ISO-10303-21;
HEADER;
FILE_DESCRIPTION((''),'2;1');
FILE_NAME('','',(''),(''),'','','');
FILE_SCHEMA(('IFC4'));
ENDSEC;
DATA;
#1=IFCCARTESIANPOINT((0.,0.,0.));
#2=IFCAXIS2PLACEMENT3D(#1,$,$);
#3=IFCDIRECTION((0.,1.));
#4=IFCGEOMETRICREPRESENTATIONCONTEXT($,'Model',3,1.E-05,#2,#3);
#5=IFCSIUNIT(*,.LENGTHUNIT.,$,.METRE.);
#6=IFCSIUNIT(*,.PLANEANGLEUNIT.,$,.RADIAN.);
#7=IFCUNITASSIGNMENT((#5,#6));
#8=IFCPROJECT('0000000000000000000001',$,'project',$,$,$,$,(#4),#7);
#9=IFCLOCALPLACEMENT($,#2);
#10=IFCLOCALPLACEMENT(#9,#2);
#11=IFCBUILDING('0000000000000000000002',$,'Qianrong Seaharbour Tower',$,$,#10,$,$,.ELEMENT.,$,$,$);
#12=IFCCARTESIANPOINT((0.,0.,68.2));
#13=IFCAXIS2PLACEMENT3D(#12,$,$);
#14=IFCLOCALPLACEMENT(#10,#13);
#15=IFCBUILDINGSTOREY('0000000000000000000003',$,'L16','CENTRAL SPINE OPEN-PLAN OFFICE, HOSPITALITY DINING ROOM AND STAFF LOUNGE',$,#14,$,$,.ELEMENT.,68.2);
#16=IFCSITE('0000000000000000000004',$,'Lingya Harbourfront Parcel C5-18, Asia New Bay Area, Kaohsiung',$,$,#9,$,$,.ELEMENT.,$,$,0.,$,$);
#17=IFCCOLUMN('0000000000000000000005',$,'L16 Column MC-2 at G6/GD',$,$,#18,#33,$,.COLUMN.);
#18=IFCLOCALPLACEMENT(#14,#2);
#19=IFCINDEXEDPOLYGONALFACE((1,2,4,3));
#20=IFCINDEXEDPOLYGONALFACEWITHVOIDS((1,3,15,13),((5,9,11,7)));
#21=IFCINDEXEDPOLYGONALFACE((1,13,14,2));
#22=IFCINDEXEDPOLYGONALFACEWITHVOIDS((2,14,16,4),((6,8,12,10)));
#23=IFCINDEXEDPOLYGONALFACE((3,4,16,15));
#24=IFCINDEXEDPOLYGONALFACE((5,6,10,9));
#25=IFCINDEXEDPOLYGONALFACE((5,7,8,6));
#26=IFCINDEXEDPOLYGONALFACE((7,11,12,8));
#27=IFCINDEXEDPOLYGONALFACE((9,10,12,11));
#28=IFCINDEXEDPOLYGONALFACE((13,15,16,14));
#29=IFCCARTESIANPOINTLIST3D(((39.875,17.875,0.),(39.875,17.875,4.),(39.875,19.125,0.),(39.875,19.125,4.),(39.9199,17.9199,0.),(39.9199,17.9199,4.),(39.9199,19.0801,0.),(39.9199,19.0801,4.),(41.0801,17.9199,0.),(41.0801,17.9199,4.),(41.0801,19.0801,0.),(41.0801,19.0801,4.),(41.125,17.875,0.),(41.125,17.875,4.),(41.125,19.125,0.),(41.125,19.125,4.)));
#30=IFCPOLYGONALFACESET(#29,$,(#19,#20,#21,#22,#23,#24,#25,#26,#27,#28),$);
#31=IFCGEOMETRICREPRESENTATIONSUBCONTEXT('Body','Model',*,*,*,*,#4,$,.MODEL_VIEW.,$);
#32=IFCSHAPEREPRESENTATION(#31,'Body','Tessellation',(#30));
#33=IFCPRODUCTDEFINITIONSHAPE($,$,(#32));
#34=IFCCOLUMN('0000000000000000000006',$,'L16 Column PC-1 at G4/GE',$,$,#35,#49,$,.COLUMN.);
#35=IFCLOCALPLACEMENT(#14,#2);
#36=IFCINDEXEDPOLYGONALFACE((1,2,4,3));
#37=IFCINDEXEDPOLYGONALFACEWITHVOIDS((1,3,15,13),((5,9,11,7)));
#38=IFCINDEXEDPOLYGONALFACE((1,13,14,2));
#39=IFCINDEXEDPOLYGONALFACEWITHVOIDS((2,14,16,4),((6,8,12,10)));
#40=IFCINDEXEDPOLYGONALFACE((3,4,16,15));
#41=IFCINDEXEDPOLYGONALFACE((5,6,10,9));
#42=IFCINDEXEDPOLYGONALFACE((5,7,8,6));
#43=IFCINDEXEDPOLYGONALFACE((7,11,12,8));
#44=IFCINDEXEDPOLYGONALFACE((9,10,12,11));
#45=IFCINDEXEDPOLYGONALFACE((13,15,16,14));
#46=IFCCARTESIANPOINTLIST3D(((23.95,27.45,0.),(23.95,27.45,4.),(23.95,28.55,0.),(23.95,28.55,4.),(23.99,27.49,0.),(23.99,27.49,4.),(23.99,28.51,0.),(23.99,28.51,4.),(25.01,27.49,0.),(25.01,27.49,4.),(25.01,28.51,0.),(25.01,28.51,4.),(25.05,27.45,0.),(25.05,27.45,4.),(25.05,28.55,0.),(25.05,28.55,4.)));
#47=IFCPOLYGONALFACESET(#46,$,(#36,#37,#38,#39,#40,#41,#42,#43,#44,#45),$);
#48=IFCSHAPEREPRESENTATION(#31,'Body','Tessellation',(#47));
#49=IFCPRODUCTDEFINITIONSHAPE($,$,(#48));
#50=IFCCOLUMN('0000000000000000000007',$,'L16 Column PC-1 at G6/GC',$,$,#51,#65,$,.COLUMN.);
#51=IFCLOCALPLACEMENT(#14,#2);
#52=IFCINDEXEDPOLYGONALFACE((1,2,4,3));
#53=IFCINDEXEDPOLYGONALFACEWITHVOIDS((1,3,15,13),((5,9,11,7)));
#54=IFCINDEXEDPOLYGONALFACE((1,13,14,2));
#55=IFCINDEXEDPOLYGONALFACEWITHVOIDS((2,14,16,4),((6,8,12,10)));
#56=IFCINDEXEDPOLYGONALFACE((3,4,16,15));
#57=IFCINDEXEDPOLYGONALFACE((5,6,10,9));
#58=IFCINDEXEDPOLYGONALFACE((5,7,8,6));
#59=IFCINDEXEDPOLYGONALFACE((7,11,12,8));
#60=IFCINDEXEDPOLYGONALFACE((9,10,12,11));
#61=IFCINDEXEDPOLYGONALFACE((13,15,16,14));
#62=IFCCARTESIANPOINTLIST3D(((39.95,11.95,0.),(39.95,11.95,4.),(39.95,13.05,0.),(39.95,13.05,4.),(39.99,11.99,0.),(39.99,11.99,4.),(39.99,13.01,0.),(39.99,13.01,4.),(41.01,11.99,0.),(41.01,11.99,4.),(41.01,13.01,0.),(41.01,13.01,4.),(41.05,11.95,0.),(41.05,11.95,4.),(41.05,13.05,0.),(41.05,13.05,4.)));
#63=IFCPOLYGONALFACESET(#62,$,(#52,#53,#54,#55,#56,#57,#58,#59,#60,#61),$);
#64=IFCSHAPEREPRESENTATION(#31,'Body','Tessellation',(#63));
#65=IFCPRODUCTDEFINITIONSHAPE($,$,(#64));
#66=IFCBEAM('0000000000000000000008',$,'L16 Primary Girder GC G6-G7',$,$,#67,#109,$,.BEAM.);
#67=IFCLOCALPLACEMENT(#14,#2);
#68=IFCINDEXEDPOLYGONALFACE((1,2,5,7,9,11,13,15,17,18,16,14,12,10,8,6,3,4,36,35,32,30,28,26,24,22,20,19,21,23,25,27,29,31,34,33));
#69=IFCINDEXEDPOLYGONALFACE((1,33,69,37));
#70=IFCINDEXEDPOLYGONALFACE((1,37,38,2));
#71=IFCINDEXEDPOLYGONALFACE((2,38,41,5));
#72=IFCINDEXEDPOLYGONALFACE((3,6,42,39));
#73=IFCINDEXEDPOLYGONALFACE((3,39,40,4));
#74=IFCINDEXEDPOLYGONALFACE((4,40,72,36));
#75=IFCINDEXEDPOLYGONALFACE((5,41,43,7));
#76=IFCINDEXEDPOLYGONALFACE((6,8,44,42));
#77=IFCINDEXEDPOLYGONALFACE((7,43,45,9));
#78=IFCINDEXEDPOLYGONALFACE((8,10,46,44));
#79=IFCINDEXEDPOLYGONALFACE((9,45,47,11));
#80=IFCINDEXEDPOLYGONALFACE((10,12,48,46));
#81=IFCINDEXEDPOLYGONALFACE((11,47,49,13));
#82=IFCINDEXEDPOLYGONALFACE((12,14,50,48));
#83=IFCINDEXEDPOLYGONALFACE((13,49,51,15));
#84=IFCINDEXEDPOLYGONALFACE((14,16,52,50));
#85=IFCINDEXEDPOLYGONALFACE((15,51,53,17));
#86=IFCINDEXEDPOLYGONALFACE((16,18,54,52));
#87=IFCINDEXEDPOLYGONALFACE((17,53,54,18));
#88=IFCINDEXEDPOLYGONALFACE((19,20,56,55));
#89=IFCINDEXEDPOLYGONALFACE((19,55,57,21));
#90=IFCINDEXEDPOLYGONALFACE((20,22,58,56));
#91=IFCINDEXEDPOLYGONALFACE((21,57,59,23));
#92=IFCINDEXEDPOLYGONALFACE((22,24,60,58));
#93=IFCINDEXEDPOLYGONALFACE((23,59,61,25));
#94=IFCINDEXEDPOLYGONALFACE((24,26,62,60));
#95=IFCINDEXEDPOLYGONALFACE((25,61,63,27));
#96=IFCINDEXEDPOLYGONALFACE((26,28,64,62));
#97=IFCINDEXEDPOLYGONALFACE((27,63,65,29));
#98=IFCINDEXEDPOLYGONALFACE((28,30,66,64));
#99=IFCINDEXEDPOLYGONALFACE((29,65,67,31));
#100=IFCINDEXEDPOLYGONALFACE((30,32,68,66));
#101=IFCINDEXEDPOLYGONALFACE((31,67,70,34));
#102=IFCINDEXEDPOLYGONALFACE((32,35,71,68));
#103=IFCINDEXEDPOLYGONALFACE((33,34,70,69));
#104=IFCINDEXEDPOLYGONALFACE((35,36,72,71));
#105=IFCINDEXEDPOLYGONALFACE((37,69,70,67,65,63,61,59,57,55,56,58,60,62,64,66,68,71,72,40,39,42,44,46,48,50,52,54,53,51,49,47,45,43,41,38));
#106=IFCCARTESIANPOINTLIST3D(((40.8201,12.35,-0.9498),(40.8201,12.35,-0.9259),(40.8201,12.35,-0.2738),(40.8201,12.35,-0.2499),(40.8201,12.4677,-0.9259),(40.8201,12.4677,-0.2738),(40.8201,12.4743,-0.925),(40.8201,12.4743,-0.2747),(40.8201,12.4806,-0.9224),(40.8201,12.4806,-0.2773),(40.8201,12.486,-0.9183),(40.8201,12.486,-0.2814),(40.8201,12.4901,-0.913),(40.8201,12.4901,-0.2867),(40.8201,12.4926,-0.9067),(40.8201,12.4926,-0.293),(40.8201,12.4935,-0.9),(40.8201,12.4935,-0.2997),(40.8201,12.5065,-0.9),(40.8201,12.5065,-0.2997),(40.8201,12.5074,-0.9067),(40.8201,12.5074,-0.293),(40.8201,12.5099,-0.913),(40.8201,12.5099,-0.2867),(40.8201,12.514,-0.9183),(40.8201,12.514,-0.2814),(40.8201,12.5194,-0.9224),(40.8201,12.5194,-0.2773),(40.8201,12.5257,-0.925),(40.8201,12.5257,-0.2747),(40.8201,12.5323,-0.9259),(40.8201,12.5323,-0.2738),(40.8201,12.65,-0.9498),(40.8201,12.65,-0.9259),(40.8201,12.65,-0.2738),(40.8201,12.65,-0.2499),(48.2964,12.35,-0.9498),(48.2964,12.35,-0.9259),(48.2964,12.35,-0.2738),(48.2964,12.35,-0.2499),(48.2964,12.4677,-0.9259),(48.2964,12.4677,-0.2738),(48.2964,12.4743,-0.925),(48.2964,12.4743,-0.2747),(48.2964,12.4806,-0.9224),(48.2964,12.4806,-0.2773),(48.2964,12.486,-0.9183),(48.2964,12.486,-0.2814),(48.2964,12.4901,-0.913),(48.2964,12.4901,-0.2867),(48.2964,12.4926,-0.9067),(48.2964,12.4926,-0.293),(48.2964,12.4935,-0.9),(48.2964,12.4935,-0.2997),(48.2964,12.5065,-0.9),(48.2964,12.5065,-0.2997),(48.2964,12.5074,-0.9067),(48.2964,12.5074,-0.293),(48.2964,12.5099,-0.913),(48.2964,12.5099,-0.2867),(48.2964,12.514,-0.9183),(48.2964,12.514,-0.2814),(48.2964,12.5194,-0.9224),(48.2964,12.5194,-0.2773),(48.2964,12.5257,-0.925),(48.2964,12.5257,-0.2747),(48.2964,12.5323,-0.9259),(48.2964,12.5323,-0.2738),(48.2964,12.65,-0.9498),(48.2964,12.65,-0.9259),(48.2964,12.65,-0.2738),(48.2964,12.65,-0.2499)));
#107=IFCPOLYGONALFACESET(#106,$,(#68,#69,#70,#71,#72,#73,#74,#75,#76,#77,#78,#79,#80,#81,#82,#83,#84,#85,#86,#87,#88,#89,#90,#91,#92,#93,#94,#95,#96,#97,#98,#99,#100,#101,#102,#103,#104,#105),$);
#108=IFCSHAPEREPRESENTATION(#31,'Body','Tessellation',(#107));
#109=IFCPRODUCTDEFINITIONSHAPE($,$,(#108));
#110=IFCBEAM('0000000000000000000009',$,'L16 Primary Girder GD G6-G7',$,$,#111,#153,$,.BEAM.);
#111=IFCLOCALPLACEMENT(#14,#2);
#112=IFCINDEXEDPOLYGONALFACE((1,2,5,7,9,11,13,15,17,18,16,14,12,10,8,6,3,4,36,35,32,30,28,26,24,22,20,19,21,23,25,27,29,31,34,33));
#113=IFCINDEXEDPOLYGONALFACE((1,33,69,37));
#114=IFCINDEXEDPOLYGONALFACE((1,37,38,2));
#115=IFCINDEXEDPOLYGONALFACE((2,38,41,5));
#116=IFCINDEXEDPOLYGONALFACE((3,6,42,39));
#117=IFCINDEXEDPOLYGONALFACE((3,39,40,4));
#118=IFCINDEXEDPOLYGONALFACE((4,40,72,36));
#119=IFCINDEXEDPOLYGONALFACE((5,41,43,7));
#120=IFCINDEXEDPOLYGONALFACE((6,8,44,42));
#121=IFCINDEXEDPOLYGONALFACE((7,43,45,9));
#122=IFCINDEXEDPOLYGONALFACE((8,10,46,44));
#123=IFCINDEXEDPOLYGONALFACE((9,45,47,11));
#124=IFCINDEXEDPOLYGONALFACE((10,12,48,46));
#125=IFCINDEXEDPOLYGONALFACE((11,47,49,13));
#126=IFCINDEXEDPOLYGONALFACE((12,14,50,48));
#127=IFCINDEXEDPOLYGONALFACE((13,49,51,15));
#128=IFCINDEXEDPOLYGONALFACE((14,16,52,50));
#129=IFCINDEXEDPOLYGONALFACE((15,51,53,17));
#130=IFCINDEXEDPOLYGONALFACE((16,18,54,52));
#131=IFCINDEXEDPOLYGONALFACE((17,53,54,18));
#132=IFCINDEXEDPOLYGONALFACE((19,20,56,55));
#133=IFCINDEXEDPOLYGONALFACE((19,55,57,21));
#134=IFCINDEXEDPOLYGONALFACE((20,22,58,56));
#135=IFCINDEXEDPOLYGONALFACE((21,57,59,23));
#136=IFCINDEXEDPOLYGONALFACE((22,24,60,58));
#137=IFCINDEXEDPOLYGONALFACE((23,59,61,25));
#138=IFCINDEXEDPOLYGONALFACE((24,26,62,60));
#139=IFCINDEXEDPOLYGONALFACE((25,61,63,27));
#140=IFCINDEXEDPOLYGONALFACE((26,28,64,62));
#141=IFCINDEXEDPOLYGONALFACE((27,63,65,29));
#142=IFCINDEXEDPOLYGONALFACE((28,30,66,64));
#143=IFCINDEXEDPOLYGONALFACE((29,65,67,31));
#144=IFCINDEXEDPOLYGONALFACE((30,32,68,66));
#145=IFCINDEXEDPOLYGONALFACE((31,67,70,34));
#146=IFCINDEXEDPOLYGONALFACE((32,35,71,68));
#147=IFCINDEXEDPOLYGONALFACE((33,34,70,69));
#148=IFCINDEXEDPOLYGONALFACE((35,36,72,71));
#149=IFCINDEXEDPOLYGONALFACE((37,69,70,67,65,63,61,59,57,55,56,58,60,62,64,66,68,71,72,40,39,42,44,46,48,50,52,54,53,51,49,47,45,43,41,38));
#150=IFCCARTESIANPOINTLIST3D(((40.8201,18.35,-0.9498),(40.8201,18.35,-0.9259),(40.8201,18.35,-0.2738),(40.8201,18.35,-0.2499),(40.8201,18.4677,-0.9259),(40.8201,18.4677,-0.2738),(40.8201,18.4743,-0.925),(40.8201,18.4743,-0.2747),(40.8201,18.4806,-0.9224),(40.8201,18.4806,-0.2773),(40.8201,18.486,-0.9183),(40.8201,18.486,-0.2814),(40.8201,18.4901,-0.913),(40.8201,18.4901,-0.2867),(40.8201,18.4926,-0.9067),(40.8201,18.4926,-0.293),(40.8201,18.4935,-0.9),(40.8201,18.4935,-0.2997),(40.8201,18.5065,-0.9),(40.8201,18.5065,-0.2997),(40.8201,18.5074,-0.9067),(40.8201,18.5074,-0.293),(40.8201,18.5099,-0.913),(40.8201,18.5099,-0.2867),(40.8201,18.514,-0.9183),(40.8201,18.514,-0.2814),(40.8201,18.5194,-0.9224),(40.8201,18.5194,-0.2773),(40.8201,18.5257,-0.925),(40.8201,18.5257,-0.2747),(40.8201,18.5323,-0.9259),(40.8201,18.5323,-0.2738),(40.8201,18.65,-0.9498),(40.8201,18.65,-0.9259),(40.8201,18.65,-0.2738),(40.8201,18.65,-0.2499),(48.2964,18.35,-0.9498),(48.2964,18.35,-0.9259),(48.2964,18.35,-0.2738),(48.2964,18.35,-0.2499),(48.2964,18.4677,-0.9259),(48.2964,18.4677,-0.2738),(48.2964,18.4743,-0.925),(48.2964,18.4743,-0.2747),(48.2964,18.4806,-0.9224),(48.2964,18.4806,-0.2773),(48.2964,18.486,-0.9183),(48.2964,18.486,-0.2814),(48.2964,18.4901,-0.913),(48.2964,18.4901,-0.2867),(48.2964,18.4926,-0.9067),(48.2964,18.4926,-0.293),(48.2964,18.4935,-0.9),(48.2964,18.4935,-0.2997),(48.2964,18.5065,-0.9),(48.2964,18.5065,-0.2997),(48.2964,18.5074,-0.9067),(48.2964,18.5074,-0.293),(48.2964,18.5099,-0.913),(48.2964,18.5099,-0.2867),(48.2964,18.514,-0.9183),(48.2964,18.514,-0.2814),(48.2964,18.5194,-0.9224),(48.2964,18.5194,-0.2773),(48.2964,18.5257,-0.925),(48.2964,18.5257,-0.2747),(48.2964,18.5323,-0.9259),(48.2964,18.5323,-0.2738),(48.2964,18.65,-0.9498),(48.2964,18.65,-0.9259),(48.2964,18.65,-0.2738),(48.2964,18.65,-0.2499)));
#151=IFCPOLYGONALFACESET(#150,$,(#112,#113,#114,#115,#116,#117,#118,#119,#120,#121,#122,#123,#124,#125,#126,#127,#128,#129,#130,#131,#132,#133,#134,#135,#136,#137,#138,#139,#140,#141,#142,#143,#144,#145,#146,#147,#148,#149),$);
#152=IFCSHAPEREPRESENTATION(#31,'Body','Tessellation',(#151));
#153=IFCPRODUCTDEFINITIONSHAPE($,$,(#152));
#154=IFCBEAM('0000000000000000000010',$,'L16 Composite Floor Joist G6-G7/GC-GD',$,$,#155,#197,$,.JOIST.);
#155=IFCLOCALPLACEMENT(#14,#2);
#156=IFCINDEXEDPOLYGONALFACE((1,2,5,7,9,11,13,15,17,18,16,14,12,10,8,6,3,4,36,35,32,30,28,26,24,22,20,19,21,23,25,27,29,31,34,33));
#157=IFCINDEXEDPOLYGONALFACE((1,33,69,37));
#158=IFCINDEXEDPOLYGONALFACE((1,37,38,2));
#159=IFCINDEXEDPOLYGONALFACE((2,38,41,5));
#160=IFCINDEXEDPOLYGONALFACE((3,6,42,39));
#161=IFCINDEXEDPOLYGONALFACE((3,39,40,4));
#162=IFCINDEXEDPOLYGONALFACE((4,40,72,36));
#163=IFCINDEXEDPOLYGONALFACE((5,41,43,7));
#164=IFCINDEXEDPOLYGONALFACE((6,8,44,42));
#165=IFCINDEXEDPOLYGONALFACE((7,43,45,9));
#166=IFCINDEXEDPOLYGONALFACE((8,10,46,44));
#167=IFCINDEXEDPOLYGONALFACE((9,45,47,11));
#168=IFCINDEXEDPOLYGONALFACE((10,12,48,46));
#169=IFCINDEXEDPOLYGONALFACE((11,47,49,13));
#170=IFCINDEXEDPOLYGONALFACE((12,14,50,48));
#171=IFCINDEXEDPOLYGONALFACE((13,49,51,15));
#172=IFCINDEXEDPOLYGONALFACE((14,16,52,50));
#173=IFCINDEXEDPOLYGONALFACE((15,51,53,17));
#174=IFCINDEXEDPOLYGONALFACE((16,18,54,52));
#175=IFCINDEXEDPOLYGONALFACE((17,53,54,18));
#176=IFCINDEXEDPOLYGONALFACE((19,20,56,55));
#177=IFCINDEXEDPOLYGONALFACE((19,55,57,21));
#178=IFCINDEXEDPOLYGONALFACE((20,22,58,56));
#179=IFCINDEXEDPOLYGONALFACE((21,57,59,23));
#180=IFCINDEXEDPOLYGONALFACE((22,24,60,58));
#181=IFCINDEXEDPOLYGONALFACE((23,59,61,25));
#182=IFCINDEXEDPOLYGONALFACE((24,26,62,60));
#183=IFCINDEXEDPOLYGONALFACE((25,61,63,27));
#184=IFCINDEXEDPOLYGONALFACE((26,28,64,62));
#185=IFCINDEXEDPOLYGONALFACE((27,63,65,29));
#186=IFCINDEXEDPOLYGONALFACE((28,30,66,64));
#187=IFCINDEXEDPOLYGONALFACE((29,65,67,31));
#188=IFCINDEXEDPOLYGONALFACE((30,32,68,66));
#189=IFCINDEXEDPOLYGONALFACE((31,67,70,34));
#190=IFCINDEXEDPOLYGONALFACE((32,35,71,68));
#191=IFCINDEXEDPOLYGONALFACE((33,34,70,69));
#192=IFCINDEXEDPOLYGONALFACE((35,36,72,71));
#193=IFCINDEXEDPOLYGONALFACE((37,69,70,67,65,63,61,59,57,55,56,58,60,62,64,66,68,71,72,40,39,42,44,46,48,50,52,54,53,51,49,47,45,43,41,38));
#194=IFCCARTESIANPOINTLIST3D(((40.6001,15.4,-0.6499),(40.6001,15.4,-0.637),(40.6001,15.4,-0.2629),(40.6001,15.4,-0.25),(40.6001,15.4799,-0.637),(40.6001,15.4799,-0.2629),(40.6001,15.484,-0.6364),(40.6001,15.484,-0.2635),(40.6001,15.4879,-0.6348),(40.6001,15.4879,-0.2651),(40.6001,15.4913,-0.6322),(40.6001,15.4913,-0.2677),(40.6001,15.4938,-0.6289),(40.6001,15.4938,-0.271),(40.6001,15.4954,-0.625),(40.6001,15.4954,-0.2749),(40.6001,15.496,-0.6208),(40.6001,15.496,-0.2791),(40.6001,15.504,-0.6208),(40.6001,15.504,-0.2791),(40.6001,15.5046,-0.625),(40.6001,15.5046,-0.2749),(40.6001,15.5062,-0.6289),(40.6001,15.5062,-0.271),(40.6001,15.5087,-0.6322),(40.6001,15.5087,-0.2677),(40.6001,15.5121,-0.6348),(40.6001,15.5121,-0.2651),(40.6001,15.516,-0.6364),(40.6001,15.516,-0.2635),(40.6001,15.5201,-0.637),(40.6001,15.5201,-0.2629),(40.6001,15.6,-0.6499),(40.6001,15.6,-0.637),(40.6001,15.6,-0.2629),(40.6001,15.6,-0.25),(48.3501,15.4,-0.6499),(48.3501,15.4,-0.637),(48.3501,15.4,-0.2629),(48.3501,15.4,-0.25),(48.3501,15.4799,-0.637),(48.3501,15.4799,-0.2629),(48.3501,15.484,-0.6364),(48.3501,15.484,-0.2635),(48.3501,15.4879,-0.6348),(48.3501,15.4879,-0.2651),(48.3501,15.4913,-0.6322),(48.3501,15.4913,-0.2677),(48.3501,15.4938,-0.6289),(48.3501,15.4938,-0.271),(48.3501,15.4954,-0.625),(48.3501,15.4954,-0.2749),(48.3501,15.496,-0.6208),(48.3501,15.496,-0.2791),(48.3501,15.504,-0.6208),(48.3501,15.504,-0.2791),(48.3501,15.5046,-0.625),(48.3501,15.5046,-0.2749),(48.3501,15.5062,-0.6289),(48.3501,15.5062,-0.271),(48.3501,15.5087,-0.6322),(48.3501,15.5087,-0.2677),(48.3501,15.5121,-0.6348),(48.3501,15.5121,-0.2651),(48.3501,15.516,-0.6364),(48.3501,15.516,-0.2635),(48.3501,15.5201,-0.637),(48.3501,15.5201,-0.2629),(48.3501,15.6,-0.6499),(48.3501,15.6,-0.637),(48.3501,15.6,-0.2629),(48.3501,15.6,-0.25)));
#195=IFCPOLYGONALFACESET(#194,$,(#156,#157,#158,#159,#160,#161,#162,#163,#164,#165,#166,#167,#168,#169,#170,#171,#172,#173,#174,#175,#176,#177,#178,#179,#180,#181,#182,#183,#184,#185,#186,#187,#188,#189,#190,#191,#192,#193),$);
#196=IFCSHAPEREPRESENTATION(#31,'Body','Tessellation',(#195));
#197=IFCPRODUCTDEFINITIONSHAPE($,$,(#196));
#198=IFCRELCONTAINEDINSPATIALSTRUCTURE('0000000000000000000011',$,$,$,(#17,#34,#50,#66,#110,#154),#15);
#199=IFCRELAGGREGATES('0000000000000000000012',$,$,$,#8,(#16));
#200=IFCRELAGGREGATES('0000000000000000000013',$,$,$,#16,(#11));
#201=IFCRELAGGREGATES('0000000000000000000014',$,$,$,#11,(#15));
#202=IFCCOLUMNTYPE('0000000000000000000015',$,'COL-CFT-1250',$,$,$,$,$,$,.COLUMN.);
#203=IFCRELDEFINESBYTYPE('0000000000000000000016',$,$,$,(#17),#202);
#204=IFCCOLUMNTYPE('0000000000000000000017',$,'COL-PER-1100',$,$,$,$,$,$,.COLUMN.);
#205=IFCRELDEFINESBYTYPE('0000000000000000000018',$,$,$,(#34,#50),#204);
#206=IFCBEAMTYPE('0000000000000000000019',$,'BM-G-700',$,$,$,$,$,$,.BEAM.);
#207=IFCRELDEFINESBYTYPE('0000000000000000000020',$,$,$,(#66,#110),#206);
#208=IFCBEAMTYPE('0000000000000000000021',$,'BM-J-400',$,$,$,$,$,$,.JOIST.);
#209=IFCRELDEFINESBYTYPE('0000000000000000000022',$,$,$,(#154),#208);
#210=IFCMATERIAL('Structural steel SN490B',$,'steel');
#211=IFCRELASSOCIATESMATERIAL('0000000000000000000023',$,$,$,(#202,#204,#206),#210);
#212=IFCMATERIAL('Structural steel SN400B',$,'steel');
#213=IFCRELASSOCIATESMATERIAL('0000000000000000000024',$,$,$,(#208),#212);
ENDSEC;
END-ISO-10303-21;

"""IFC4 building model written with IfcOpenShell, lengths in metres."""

from ifc_helpers import new_model, si_unit, direction, frame, origin, origin_2d, place, context, subcontext, project, spatial, hollow_rectangle, i_section, extrude, material, material_profile, profile_set, type_object, element, save


model = new_model("IFC4")

# Units and contexts
model_context = context("Model", 3, precision=1e-05, world=origin(), true_north=direction((0.0, 1.0)))
body_context = subcontext(model_context, "Body", "Model", "MODEL_VIEW")
ifc_project = project(units=[si_unit("LENGTHUNIT", "METRE"), si_unit("PLANEANGLEUNIT", "RADIAN")], contexts=[model_context])

# Site, building, storey
site_placement = place(None, origin())
site = spatial("IfcSite", under=ifc_project, at=site_placement, Name="Lingya Harbourfront Parcel C5-18, Asia New Bay Area, Kaohsiung", CompositionType="ELEMENT", RefElevation=0.0)
building_placement = place(site_placement, origin())
building = spatial("IfcBuilding", under=site, at=building_placement, Name="Qianrong Seaharbour Tower", CompositionType="ELEMENT")
storey_placement = place(building_placement, frame((0.0, 0.0, 68.2)))
storey = spatial("IfcBuildingStorey", under=building, at=storey_placement, Name="L16", Description="CENTRAL SPINE OPEN-PLAN OFFICE, HOSPITALITY DINING ROOM AND STAFF LOUNGE", CompositionType="ELEMENT", Elevation=68.2)

# Columns
ifc_material_1 = material(Name="Structural steel SN490B", Category="steel")
ifc_material_profile_1 = material_profile(ifc_material_1, hollow_rectangle(XDim=1.25, YDim=1.25, WallThickness=0.0449, at=origin_2d()), Name="BOX1250x1250x45")
ifc_profile_set_1 = profile_set([ifc_material_profile_1], Name="Structural steel SN490B")
column_type_1 = type_object("IfcColumnType", Name="COL-CFT-1250", PredefinedType="COLUMN", material=ifc_profile_set_1)
column_placement = place(storey_placement, frame((40.5, 18.5, 0.0), z_axis=(0.0, 0.0, 1.0), x_axis=(1.0, 0.0, 0.0)))
element("IfcColumn", 1, at=column_placement, inside=storey, type_object=column_type_1, Name="L16 Column MC-2 at G6/GD", PredefinedType="COLUMN", context=body_context, shape_type="SweptSolid", body=[
    extrude(hollow_rectangle(XDim=1.25, YDim=1.25, WallThickness=0.0449, at=origin_2d()), origin(), (0.0, 0.0, 1.0), 4.0),
])
ifc_material_profile_2 = material_profile(ifc_material_1, hollow_rectangle(XDim=1.1001, YDim=1.1001, WallThickness=0.04, at=origin_2d()), Name="BOX1100x1100x40")
ifc_profile_set_2 = profile_set([ifc_material_profile_2], Name="Structural steel SN490B")
column_type_2 = type_object("IfcColumnType", Name="COL-PER-1100", PredefinedType="COLUMN", material=ifc_profile_set_2)
for number, where, z_axis, x_axis, name in (
    (2, (24.5, 28.0, 0.0), (0.0, 0.0, 1.0), (1.0, 0.0, 0.0), "L16 Column PC-1 at G4/GE"),
    (3, (40.5, 12.5, 0.0), (0.0, 0.0, 1.0), (1.0, 0.0, 0.0), "L16 Column PC-1 at G6/GC"),
):
    element("IfcColumn", number, at=place(storey_placement, frame(where, z_axis=z_axis, x_axis=x_axis)), inside=storey, type_object=column_type_2, Name=name, PredefinedType="COLUMN", context=body_context, shape_type="SweptSolid", body=[
        extrude(hollow_rectangle(XDim=1.1001, YDim=1.1001, WallThickness=0.04, at=origin_2d()), origin(), (0.0, 0.0, 1.0), 4.0),
    ])

# Beams
ifc_material_profile_3 = material_profile(ifc_material_1, i_section(OverallWidth=0.3, OverallDepth=0.7, WebThickness=0.0129, FlangeThickness=0.0239, FilletRadius=0.0259, at=origin_2d()), Name="H700x300x13x24")
ifc_profile_set_3 = profile_set([ifc_material_profile_3], Name="Structural steel SN490B")
beam_type_1 = type_object("IfcBeamType", Name="BM-G-700", PredefinedType="BEAM", material=ifc_profile_set_3)
for number, where, z_axis, x_axis, name in (
    (4, (40.8201, 12.5, -0.5999), (1.0, 0.0, 0.0), (0.0, 1.0, 0.0), "L16 Primary Girder GC G6-G7"),
    (5, (40.8201, 18.5, -0.5999), (1.0, 0.0, 0.0), (0.0, 1.0, 0.0), "L16 Primary Girder GD G6-G7"),
):
    element("IfcBeam", number, at=place(storey_placement, frame(where, z_axis=z_axis, x_axis=x_axis)), inside=storey, type_object=beam_type_1, Name=name, PredefinedType="BEAM", context=body_context, shape_type="SweptSolid", body=[
        extrude(i_section(OverallWidth=0.3, OverallDepth=0.7, WebThickness=0.0129, FlangeThickness=0.0239, FilletRadius=0.0259, at=origin_2d()), origin(), (0.0, 0.0, 1.0), 7.4763),
    ])
ifc_material_2 = material(Name="Structural steel SN400B", Category="steel")
ifc_material_profile_4 = material_profile(ifc_material_2, i_section(OverallWidth=0.2, OverallDepth=0.3999, WebThickness=0.0081, FlangeThickness=0.0129, FilletRadius=0.0161, at=origin_2d()), Name="H400x200x8x13")
ifc_profile_set_4 = profile_set([ifc_material_profile_4], Name="Structural steel SN400B")
beam_type_2 = type_object("IfcBeamType", Name="BM-J-400", PredefinedType="JOIST", material=ifc_profile_set_4)
for number, where, z_axis, x_axis, name in (
    (6, (40.6001, 15.5, -0.45), (1.0, 0.0, 0.0), (0.0, 1.0, 0.0), "L16 Composite Floor Joist G6-G7/GC-GD"),
):
    element("IfcBeam", number, at=place(storey_placement, frame(where, z_axis=z_axis, x_axis=x_axis)), inside=storey, type_object=beam_type_2, Name=name, PredefinedType="JOIST", context=body_context, shape_type="SweptSolid", body=[
        extrude(i_section(OverallWidth=0.2, OverallDepth=0.3999, WebThickness=0.0081, FlangeThickness=0.0129, FilletRadius=0.0161, at=origin_2d()), origin(), (0.0, 0.0, 1.0), 7.75),
    ])

save(model, "model.ifc")
